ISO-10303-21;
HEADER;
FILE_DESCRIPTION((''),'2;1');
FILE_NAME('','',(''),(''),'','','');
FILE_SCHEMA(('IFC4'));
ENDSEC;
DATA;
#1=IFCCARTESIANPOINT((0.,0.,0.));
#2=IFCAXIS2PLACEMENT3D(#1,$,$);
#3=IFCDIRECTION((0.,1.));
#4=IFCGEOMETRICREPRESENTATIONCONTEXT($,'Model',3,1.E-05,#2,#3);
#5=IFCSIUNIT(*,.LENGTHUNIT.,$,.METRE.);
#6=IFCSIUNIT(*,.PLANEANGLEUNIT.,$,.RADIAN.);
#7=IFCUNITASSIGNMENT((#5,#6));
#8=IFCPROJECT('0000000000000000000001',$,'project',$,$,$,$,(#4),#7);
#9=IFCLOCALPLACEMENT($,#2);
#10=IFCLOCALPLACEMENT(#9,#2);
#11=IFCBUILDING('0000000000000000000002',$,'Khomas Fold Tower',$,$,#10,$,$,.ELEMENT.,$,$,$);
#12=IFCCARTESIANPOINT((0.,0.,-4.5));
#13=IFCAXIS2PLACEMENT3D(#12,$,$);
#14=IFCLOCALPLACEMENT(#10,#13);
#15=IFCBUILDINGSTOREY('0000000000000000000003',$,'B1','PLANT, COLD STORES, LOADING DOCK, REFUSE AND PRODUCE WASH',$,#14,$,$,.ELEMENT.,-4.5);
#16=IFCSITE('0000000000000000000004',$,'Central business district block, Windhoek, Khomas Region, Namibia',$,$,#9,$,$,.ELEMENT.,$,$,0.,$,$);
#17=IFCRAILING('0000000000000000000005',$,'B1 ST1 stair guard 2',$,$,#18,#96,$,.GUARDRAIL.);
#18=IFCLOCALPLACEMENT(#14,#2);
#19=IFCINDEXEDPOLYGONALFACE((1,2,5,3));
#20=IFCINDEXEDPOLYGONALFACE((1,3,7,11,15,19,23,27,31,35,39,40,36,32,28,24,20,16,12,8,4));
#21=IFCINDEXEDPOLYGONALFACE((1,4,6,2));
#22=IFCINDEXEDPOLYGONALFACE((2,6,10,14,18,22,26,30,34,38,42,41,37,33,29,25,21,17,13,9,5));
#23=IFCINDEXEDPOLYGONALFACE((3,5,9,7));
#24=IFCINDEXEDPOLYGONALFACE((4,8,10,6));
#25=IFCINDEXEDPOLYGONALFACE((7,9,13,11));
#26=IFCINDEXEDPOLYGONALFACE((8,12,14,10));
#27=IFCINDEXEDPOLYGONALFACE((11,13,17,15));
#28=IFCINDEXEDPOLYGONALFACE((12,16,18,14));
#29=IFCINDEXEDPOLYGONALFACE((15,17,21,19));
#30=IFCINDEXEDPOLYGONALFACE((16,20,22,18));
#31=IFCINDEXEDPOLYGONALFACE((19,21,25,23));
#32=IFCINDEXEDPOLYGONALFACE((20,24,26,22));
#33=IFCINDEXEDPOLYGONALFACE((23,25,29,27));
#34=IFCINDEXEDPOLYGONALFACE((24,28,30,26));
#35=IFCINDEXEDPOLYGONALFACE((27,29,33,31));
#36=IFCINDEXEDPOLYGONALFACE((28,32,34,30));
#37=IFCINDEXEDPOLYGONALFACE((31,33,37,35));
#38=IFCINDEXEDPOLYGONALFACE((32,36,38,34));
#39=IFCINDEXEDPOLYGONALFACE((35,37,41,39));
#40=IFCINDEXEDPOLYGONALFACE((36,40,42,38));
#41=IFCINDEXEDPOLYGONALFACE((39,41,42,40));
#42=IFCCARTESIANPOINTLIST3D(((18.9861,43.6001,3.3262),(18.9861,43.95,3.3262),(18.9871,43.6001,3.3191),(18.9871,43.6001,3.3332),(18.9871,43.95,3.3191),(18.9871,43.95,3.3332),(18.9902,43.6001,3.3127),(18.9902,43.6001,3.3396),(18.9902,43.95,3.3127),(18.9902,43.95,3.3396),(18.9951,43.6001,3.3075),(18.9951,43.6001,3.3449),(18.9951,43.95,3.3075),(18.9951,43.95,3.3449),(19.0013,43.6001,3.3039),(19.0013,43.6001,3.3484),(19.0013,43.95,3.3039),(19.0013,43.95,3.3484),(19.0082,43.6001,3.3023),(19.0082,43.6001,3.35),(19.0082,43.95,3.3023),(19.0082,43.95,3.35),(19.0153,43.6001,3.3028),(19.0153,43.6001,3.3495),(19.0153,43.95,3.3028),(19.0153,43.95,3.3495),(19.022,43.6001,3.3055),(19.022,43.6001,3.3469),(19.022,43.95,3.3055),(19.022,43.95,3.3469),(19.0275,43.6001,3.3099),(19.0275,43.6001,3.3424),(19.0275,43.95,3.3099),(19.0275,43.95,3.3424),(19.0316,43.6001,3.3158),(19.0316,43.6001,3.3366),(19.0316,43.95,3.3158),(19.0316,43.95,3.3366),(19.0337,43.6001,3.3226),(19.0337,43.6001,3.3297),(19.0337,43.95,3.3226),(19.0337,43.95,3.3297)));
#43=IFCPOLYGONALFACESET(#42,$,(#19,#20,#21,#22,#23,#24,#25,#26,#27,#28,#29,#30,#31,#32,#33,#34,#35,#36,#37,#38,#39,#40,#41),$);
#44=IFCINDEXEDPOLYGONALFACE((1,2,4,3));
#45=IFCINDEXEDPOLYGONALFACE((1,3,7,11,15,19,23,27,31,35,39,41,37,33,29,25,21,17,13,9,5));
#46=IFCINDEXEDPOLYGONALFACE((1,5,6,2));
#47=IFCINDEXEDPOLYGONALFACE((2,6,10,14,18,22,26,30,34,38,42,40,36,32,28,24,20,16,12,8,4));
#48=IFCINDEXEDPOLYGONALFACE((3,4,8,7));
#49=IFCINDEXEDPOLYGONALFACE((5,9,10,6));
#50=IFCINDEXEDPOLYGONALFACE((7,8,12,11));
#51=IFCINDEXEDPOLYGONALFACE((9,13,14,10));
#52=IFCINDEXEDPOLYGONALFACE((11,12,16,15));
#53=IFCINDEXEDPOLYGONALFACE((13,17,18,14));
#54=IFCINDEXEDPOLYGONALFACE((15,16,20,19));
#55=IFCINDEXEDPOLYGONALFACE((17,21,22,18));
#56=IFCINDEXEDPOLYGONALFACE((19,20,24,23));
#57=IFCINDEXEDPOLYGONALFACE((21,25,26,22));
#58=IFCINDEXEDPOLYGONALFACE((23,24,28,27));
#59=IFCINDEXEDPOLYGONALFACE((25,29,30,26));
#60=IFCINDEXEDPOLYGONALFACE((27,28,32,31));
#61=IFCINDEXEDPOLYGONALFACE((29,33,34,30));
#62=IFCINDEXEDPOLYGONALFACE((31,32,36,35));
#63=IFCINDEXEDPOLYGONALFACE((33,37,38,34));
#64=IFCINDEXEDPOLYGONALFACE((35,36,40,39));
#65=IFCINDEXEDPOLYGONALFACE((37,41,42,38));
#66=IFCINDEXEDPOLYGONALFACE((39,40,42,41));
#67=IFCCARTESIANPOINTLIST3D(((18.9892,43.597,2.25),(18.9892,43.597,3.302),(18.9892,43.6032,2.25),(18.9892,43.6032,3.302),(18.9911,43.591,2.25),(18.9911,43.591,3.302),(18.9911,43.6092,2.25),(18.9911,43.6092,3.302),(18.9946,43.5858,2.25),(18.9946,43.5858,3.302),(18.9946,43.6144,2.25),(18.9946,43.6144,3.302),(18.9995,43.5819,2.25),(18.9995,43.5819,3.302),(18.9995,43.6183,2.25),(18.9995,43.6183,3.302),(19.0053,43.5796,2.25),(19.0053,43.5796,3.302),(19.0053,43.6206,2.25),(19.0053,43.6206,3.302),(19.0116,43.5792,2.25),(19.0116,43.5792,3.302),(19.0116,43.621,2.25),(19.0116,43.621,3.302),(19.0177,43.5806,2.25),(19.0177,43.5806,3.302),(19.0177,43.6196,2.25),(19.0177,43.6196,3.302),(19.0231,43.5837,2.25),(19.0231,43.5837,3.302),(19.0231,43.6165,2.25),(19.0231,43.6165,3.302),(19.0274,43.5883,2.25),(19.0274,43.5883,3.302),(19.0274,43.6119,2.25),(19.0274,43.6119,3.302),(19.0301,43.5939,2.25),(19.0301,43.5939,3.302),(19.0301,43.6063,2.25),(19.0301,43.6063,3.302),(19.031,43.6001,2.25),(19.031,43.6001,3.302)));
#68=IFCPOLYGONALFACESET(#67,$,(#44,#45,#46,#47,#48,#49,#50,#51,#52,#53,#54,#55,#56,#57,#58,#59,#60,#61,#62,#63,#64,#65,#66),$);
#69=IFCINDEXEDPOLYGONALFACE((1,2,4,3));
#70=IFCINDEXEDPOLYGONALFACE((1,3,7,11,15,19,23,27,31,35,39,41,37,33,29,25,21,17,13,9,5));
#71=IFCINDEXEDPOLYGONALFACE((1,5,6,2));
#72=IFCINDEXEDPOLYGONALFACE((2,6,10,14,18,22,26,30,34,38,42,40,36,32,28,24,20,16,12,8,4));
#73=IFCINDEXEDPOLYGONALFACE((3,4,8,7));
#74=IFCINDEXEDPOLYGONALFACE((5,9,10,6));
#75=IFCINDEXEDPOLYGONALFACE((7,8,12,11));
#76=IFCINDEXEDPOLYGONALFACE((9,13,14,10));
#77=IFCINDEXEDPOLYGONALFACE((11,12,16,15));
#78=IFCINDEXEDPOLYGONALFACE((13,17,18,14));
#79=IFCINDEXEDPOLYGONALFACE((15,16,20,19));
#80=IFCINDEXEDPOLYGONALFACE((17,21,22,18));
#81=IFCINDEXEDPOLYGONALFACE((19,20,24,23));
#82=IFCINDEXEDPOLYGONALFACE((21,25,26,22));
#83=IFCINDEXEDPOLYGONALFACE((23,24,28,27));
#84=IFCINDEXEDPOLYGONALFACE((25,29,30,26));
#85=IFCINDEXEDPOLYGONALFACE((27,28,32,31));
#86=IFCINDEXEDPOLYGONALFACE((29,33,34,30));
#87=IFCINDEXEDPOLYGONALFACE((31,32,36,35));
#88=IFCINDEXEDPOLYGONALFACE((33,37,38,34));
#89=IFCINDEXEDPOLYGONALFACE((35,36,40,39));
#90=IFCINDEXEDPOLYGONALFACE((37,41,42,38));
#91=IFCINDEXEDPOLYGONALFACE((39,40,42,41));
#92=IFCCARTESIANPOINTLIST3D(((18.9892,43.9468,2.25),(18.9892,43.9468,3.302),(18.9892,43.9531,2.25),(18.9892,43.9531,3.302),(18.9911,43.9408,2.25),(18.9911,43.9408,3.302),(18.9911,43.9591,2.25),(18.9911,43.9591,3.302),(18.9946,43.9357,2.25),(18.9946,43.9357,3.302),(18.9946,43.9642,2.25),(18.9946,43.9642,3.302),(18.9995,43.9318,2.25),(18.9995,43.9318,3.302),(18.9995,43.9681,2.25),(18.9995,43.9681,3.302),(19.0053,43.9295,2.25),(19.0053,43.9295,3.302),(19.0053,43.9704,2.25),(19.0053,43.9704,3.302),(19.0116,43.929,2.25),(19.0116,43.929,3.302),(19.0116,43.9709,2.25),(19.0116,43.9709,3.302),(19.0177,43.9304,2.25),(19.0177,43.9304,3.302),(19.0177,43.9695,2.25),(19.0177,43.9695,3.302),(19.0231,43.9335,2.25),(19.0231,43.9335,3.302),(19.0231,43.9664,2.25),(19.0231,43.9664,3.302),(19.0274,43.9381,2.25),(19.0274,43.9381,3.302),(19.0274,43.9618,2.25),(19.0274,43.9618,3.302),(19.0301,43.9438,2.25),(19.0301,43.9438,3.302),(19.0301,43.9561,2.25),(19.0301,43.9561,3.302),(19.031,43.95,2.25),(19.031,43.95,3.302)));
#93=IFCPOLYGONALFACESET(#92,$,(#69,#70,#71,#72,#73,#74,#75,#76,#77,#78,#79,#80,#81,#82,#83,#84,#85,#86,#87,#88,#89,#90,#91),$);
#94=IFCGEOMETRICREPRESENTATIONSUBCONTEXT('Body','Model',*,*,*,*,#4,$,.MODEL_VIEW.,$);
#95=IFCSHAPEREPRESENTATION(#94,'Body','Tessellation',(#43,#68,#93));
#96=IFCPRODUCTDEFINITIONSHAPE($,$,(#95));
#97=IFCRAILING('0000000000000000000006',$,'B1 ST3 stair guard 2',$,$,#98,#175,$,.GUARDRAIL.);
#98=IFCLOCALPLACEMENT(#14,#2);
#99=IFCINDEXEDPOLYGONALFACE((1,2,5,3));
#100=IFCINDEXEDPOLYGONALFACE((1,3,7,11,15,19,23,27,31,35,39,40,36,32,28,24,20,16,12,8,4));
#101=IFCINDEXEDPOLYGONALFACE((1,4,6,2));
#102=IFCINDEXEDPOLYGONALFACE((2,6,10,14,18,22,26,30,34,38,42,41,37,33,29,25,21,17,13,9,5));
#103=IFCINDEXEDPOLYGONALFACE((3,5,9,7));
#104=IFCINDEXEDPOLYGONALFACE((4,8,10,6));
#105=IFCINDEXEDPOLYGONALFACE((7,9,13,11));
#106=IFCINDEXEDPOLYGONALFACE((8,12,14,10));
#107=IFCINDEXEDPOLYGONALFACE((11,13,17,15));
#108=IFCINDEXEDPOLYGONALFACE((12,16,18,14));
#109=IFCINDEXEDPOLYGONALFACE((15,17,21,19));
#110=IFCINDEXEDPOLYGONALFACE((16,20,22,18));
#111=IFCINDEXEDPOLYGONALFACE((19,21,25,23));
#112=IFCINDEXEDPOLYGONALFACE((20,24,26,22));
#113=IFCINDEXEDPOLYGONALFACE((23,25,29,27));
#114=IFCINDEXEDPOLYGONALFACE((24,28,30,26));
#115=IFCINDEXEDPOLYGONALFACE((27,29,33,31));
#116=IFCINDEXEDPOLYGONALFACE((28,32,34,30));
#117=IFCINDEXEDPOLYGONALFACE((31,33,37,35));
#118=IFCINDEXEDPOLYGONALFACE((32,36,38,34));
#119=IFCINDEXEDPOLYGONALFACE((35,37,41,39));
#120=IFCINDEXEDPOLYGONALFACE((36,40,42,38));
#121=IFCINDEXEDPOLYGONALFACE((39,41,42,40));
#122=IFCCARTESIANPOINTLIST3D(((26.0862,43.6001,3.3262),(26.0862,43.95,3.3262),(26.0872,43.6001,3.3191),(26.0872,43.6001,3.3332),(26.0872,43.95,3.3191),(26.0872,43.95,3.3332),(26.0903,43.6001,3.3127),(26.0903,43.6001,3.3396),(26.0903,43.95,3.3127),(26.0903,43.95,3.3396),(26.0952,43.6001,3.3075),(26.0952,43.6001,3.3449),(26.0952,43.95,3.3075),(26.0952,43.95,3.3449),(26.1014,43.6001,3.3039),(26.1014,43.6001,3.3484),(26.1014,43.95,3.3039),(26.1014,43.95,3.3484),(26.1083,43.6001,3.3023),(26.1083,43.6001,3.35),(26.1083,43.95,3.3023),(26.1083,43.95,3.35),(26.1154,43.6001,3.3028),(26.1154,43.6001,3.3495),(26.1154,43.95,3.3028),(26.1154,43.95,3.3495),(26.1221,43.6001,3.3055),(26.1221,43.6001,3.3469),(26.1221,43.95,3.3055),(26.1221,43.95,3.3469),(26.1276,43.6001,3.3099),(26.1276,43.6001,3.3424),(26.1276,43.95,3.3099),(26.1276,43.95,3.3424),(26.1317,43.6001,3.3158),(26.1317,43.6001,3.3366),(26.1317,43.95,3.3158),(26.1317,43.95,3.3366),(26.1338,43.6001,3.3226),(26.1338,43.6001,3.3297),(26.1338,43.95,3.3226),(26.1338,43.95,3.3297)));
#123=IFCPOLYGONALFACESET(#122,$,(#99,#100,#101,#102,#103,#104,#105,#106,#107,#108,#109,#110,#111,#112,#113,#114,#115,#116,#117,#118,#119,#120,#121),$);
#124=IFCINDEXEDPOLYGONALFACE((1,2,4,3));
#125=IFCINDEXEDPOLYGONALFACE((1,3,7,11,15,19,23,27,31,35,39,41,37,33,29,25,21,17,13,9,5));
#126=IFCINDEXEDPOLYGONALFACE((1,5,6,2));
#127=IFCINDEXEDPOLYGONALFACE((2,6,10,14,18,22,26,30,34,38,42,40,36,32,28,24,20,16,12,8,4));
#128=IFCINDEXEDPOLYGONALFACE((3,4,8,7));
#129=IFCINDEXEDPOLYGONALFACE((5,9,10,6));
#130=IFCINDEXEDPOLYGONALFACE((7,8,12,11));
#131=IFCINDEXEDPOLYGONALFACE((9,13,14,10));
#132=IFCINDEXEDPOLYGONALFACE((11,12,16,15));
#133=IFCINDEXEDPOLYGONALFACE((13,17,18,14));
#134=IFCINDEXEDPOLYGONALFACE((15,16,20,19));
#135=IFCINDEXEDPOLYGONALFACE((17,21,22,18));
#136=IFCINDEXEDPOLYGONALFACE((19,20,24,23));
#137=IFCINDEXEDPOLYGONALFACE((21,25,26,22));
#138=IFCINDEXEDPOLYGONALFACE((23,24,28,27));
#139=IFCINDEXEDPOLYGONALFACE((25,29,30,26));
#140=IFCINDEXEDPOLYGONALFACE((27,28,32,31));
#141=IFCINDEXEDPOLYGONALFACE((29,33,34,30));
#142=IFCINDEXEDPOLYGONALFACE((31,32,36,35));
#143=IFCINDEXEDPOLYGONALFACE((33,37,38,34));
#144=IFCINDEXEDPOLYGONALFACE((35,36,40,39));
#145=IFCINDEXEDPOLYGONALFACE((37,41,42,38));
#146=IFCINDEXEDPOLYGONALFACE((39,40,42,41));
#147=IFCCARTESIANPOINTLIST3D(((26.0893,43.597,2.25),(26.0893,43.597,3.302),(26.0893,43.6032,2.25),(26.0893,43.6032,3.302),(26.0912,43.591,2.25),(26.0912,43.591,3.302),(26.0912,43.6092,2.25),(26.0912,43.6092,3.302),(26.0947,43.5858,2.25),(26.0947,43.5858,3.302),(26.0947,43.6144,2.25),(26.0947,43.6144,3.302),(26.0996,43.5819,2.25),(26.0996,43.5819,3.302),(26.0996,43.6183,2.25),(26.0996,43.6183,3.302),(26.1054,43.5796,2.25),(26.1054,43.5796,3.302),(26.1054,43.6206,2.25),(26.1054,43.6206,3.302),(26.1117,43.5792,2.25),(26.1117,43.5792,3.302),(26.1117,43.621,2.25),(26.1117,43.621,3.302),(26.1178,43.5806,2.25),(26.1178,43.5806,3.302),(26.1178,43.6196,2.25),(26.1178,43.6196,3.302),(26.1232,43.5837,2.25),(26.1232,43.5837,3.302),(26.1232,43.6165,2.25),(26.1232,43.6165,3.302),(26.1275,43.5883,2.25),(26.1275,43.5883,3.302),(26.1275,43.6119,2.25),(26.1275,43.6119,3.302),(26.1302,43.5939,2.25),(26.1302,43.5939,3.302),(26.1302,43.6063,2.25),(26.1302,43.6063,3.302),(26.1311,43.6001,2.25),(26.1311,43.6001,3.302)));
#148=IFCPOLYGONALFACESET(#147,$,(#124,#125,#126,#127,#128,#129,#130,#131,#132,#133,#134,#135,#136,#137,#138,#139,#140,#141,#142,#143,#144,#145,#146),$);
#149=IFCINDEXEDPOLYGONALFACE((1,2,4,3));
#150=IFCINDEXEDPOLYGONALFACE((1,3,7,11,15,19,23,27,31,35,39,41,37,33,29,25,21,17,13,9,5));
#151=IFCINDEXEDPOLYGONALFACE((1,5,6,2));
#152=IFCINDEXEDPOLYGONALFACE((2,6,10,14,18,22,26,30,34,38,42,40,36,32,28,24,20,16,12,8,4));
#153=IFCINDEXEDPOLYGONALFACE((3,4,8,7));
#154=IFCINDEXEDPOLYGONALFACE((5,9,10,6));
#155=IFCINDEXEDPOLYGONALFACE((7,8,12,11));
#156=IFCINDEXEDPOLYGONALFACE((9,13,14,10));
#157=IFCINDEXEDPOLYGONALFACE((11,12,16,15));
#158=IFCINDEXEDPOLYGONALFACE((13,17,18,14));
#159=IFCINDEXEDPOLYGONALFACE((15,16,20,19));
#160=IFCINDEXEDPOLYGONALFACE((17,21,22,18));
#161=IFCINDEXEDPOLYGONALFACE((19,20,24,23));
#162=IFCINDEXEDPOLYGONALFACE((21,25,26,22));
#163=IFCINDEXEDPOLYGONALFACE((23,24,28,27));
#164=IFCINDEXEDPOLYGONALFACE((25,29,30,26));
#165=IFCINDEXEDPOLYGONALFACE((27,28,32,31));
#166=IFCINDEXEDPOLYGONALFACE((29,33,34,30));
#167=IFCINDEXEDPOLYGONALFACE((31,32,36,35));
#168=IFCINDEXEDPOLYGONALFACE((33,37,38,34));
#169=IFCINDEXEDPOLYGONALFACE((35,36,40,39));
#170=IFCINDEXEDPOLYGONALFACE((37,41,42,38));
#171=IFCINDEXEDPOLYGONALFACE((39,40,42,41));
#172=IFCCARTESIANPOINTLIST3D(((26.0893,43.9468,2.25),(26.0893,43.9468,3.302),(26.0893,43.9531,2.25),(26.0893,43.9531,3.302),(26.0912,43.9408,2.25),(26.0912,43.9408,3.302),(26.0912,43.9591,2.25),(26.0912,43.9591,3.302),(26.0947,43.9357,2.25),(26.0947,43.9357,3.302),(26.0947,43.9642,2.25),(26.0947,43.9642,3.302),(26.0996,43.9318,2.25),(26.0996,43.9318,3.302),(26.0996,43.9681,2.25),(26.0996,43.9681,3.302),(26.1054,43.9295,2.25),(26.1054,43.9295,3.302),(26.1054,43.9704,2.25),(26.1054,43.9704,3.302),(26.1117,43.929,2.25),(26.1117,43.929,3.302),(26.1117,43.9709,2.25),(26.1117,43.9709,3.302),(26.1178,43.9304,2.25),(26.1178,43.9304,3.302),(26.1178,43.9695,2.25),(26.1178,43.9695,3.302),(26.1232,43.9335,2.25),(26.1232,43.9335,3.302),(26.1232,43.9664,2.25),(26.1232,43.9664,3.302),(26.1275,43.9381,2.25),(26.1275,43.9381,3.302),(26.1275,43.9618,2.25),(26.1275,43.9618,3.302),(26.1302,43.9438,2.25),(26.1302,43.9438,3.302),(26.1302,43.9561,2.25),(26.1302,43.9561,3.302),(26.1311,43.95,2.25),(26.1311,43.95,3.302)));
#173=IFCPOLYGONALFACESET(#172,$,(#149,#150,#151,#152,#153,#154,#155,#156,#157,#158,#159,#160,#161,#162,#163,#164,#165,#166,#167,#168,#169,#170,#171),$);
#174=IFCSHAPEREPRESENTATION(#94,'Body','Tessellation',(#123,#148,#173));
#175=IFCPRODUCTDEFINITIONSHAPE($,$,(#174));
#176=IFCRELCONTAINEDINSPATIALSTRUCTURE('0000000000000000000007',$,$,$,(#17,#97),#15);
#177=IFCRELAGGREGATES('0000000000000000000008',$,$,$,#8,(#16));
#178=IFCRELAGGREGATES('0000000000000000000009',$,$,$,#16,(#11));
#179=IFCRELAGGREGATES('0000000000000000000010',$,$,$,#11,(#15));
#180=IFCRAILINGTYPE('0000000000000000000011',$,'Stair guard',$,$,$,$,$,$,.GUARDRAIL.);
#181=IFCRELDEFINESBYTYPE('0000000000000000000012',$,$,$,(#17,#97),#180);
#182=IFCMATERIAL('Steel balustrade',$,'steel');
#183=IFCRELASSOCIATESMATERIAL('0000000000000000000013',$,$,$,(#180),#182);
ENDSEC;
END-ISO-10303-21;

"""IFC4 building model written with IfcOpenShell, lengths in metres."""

from ifc_helpers import new_model, si_unit, direction, frame, origin, origin_2d, place, context, subcontext, project, spatial, circle, extrude, source, transform, mapped, material, type_object, element, save


model = new_model("IFC4")

# Units and contexts
model_context = context("Model", 3, precision=1e-05, world=origin(), true_north=direction((0.0, 1.0)))
body_context = subcontext(model_context, "Body", "Model", "MODEL_VIEW")
ifc_project = project(units=[si_unit("LENGTHUNIT", "METRE"), si_unit("PLANEANGLEUNIT", "RADIAN")], contexts=[model_context])

# Site, building, storey
site_placement = place(None, origin())
site = spatial("IfcSite", under=ifc_project, at=site_placement, Name="Central business district block, Windhoek, Khomas Region, Namibia", CompositionType="ELEMENT", RefElevation=0.0)
building_placement = place(site_placement, origin())
building = spatial("IfcBuilding", under=site, at=building_placement, Name="Khomas Fold Tower", CompositionType="ELEMENT")
storey_placement = place(building_placement, frame((0.0, 0.0, -4.5)))
storey = spatial("IfcBuildingStorey", under=building, at=storey_placement, Name="B1", Description="PLANT, COLD STORES, LOADING DOCK, REFUSE AND PRODUCE WASH", CompositionType="ELEMENT", Elevation=-4.5)

# Railings
ifc_material_1 = material(Name="Steel balustrade", Category="steel")
railing_type_1 = type_object("IfcRailingType", Name="Stair guard", PredefinedType="GUARDRAIL", material=ifc_material_1)
shared_shape_1 = source(origin(), body_context, "Body", "SweptSolid", [
    extrude(circle(Radius=0.0239, at=origin_2d()), frame((0.0, 0.0, 1.0762), z_axis=(0.0, 1.0, 0.0), x_axis=(-1.0, 0.0, 0.0)), (0.0, 0.0, 1.0), 0.3499),
    extrude(circle(Radius=0.021, at=origin_2d()), origin(), (0.0, 0.0, 1.0), 1.052),
    extrude(circle(Radius=0.021, at=origin_2d()), frame((0.0, 0.3499, 0.0)), (0.0, 0.0, 1.0), 1.052),
])
for number, where, name in (
    (1, (19.01, 43.6001, 2.25), "B1 ST1 stair guard 2"),
    (2, (26.1101, 43.6001, 2.25), "B1 ST3 stair guard 2"),
):
    element("IfcRailing", number, at=place(storey_placement, frame(where)), inside=storey, type_object=railing_type_1, Name=name, PredefinedType="GUARDRAIL", context=body_context, shape_type="MappedRepresentation", body=[
        mapped(shared_shape_1, transform((0.0, 0.0, 0.0))),
    ])

save(model, "model.ifc")
